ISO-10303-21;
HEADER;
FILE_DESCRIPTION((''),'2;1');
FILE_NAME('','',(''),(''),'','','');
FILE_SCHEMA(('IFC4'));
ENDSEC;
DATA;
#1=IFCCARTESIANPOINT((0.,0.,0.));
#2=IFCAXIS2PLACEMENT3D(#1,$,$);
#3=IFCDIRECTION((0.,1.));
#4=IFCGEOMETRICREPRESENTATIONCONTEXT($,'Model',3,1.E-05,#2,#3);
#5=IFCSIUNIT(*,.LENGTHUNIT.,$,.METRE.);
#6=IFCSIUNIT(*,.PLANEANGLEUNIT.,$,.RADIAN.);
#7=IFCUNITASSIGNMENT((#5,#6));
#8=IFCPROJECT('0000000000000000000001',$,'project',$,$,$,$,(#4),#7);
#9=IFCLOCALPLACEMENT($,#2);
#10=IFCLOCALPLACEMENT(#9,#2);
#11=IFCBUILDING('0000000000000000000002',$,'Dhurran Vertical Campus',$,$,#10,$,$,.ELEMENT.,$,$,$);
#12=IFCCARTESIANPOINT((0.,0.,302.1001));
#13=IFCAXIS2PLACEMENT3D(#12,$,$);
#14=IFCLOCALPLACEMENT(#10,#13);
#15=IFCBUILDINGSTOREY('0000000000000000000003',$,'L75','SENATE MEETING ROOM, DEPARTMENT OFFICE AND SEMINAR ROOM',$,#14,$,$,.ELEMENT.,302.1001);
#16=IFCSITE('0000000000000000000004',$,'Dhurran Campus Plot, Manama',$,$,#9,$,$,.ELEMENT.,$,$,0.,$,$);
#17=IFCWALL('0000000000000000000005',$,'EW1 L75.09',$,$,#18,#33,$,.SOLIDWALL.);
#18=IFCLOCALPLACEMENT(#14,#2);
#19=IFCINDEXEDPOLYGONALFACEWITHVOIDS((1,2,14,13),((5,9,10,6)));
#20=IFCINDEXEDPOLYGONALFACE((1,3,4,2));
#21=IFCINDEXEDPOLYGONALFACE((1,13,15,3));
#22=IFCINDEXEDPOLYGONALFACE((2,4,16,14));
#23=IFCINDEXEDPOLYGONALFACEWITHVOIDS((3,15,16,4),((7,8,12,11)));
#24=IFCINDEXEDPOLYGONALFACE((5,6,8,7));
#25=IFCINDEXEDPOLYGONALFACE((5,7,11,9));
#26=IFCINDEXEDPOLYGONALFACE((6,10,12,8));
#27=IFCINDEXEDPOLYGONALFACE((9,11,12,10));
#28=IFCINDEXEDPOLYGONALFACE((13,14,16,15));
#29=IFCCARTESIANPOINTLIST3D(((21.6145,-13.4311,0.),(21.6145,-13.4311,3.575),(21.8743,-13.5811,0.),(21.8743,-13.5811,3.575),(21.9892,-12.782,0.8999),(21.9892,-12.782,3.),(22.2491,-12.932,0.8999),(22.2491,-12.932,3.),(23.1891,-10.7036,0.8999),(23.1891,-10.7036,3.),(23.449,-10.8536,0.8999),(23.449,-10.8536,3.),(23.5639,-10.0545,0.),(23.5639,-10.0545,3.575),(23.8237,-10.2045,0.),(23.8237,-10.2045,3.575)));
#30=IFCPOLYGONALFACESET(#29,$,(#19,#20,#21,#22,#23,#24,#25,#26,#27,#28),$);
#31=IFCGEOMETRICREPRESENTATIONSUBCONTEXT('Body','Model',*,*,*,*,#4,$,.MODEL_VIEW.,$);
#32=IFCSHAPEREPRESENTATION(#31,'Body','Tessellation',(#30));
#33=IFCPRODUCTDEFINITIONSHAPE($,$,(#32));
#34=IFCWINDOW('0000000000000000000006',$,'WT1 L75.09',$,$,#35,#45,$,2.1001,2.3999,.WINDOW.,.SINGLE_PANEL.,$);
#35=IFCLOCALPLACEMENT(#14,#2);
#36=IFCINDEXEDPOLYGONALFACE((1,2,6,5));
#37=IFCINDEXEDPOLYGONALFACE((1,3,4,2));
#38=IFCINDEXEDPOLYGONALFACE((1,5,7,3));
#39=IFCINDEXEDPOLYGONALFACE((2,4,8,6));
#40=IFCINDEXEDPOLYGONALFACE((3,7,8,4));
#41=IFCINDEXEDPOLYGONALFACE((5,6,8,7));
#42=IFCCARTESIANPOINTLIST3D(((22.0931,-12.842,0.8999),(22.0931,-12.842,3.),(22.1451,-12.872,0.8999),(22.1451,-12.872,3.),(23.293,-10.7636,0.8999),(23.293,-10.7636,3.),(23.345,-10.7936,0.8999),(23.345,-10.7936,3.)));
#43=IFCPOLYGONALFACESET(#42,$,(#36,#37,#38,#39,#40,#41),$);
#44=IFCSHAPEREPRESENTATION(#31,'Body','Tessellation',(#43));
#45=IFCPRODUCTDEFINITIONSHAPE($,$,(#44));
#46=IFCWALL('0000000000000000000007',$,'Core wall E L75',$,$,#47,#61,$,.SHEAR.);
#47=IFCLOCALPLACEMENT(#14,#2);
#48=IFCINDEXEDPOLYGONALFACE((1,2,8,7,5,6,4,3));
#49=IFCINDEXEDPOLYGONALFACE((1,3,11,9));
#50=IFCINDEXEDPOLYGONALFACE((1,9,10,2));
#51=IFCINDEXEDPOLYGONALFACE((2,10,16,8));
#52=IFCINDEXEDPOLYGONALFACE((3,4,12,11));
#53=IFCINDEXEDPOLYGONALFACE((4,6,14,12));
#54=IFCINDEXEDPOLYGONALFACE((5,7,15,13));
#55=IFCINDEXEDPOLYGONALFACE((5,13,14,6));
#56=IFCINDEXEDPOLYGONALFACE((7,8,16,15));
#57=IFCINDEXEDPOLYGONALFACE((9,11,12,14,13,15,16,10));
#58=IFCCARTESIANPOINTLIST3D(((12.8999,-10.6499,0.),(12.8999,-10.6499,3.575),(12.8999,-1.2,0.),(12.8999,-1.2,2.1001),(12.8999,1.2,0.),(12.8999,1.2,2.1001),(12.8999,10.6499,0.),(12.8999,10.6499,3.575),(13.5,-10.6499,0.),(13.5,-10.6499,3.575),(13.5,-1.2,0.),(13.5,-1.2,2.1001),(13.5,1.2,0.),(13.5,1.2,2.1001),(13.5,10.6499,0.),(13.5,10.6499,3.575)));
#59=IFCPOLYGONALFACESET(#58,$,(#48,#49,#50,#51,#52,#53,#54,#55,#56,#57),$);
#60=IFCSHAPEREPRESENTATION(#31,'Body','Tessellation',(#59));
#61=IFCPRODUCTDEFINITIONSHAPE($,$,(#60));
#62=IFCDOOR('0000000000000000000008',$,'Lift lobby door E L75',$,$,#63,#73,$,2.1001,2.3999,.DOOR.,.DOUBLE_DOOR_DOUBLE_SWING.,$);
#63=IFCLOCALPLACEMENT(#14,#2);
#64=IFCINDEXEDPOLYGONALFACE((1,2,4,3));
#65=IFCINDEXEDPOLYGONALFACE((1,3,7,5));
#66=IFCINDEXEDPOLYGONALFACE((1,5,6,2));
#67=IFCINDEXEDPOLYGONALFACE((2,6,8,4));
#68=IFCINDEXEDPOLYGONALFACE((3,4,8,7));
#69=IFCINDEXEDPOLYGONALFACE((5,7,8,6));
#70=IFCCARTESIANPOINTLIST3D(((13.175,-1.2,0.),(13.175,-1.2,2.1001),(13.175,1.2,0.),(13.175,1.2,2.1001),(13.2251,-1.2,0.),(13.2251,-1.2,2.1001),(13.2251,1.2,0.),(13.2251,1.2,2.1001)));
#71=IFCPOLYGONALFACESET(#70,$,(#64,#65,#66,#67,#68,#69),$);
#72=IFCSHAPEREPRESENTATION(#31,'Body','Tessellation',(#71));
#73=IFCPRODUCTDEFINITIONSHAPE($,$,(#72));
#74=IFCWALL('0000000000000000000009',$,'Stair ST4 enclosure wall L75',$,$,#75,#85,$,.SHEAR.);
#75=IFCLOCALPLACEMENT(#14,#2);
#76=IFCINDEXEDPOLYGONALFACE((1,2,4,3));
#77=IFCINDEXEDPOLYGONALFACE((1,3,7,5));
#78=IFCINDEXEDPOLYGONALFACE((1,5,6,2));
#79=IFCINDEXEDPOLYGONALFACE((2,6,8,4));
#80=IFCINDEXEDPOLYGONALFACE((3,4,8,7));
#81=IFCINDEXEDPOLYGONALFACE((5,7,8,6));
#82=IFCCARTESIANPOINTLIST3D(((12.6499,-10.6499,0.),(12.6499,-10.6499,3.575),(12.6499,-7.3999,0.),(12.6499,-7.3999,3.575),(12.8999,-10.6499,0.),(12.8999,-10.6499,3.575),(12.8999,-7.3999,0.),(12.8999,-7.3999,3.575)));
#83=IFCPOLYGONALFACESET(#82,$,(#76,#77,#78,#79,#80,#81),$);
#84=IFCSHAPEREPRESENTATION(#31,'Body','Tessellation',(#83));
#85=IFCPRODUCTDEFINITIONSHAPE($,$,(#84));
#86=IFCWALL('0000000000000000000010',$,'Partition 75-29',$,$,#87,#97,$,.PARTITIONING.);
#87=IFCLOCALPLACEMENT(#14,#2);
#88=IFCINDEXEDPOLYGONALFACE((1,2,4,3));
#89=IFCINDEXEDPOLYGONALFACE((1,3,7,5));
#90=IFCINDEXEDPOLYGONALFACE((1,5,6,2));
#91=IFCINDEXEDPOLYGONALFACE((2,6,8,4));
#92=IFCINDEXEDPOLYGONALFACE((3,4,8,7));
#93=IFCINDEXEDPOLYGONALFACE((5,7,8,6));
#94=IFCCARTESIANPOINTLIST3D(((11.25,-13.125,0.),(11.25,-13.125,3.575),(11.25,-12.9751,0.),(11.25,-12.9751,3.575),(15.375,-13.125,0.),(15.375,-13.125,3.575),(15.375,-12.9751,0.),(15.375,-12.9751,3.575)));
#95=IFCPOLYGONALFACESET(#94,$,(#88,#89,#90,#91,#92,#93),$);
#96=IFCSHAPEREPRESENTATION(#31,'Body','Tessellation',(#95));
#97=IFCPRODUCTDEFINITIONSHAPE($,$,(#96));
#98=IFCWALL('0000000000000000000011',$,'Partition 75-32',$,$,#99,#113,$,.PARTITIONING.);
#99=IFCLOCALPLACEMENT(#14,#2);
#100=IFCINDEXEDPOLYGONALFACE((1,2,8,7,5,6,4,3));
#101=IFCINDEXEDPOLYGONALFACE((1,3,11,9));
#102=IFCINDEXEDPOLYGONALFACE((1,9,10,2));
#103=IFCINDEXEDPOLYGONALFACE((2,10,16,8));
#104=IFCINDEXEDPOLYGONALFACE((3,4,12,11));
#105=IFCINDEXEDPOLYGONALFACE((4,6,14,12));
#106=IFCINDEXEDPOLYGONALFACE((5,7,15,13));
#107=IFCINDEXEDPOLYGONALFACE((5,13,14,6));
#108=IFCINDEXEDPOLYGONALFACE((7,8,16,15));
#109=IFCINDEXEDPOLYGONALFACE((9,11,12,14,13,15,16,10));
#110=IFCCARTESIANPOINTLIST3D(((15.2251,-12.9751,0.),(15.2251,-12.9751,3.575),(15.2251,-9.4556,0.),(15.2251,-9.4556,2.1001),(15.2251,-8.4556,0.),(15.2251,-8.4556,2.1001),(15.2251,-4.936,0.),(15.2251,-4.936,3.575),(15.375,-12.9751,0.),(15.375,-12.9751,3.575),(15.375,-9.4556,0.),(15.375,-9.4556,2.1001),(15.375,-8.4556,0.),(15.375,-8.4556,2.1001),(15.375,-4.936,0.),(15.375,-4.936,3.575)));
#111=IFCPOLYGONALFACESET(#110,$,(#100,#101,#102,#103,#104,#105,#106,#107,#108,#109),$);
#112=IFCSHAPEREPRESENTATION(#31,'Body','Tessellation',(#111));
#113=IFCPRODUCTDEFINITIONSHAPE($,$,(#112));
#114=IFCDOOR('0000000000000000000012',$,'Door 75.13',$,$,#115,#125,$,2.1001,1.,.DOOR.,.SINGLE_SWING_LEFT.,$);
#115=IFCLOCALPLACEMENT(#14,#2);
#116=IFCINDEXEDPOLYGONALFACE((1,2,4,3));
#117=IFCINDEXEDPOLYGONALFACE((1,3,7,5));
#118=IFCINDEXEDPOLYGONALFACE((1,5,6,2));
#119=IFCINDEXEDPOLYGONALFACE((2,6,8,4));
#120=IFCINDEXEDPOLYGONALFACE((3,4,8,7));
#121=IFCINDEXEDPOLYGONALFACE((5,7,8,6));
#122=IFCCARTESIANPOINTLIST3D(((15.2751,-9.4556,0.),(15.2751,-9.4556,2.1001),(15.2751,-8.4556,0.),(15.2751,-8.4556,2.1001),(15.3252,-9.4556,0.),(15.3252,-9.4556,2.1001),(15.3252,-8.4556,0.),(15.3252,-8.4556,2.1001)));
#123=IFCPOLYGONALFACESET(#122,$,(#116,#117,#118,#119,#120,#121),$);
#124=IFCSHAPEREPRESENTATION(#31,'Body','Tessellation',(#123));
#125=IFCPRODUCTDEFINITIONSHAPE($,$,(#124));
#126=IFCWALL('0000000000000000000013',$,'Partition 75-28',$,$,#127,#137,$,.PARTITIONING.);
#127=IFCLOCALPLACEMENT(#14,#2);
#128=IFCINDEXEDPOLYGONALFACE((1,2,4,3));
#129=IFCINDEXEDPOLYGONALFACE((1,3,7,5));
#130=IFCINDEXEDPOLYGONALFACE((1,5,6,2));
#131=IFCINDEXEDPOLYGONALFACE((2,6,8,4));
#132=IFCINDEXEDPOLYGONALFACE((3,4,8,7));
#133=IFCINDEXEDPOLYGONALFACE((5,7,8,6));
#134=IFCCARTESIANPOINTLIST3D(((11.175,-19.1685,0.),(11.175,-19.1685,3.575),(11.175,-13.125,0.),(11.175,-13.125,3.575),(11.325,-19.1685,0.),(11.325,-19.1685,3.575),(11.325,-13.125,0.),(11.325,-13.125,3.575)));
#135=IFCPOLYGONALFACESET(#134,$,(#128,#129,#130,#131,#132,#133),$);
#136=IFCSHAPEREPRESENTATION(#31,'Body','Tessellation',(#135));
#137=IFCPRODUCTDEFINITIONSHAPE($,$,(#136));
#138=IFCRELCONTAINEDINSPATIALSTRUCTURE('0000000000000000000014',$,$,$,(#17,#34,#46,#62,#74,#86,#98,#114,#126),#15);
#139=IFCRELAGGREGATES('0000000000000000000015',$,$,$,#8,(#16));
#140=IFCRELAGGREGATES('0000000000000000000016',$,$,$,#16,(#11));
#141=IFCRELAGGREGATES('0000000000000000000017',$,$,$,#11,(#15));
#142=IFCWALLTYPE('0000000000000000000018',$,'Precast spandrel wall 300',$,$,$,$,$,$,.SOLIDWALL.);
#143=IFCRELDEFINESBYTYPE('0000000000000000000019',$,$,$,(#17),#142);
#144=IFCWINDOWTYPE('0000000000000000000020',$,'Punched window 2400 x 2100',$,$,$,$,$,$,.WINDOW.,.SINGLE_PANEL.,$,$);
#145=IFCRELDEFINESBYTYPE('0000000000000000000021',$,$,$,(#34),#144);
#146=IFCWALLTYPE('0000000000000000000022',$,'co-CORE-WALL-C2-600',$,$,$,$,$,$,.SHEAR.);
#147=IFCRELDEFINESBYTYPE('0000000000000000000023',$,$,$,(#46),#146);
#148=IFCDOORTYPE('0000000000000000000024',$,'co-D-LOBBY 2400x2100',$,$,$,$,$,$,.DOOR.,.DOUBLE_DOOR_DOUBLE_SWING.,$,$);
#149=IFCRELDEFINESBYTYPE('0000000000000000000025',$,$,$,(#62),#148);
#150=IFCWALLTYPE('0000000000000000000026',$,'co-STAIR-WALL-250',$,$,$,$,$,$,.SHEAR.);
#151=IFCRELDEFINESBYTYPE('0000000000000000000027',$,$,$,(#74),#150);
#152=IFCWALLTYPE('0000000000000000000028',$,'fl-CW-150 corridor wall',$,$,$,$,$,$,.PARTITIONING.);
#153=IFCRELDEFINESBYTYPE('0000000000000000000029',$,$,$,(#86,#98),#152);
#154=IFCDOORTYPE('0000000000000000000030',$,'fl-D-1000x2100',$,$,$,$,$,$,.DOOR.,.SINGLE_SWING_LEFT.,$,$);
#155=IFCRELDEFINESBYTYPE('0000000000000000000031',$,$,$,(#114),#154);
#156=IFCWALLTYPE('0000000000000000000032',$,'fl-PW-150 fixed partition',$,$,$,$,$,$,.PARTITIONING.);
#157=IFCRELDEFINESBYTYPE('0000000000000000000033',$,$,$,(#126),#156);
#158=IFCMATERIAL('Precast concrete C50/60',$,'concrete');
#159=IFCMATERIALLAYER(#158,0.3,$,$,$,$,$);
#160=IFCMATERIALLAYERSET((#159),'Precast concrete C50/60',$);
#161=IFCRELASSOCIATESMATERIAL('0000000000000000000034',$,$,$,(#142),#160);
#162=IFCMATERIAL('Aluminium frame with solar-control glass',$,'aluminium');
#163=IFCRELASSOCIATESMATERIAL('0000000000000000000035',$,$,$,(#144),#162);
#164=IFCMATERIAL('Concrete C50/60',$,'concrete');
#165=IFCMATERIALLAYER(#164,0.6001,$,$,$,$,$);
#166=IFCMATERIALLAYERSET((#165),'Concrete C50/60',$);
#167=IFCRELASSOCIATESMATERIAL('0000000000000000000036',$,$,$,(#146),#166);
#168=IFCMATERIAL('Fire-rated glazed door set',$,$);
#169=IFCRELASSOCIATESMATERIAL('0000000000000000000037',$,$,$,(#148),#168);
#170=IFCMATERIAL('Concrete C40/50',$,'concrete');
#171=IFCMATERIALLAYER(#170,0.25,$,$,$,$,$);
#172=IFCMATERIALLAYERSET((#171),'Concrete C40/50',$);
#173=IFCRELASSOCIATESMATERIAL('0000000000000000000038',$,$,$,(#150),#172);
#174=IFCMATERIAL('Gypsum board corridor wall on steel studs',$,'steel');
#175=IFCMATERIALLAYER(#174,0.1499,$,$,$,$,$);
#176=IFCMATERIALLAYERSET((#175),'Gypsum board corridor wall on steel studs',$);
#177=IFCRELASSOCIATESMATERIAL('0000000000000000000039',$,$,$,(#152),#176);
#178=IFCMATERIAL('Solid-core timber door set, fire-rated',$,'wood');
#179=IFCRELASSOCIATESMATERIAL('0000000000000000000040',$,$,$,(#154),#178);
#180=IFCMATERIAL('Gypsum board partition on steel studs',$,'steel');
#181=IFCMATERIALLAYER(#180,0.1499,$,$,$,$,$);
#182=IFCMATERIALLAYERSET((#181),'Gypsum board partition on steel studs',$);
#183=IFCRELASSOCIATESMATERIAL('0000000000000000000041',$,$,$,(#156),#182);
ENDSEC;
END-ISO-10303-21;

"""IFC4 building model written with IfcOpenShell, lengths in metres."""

from ifc_helpers import new_model, si_unit, direction, frame, frame_2d, origin, place, context, subcontext, project, spatial, rectangle, extrude, material, layer, layer_set, type_object, element, fill, save


model = new_model("IFC4")

# Units and contexts
model_context = context("Model", 3, precision=1e-05, world=origin(), true_north=direction((0.0, 1.0)))
body_context = subcontext(model_context, "Body", "Model", "MODEL_VIEW")
ifc_project = project(units=[si_unit("LENGTHUNIT", "METRE"), si_unit("PLANEANGLEUNIT", "RADIAN")], contexts=[model_context])

# Site, building, storey
site_placement = place(None, origin())
site = spatial("IfcSite", under=ifc_project, at=site_placement, Name="Dhurran Campus Plot, Manama", CompositionType="ELEMENT", RefElevation=0.0)
building_placement = place(site_placement, origin())
building = spatial("IfcBuilding", under=site, at=building_placement, Name="Dhurran Vertical Campus", CompositionType="ELEMENT")
storey_placement = place(building_placement, frame((0.0, 0.0, 302.1001)))
storey = spatial("IfcBuildingStorey", under=building, at=storey_placement, Name="L75", Description="SENATE MEETING ROOM, DEPARTMENT OFFICE AND SEMINAR ROOM", CompositionType="ELEMENT", Elevation=302.1001)

# Wall, opening, window
ifc_material_1 = material(Name="Precast concrete C50/60", Category="concrete")
ifc_layer_1 = layer(ifc_material_1, 0.3)
ifc_layer_set_1 = layer_set([ifc_layer_1], Name="Precast concrete C50/60")
wall_type_1 = type_object("IfcWallType", Name="Precast spandrel wall 300", PredefinedType="SOLIDWALL", material=ifc_layer_set_1)
ifc_material_2 = material(Name="Aluminium frame with solar-control glass", Category="aluminium")
window_type = type_object("IfcWindowType", Name="Punched window 2400 x 2100", PartitioningType="SINGLE_PANEL", PredefinedType="WINDOW", material=ifc_material_2)
wall_1_placement = place(storey_placement, frame((21.7444, -13.5061, 0.0), z_axis=(0.0, 0.0, 1.0), x_axis=(0.499984, 0.866034, 0.0)))
wall_1 = element("IfcWall", 1, at=wall_1_placement, inside=storey, type_object=wall_type_1, Name="EW1 L75.09", PredefinedType="SOLIDWALL", context=body_context, shape_type="SweptSolid", body=[
    extrude(rectangle(XDim=3.8989, YDim=0.3, at=frame_2d((1.9495, 0.0))), origin(), (0.0, 0.0, 1.0), 3.575),
])
opening_1_placement = place(wall_1_placement, frame((0.7495, 0.0, 0.8999)))
opening_1 = element("IfcOpeningElement", 2, at=opening_1_placement, cuts=wall_1, PredefinedType="OPENING", context=body_context, shape_type="SweptSolid", body=[
    extrude(rectangle(XDim=2.3999, YDim=2.1001, at=frame_2d((1.2, 1.05))), frame((0.0, 0.1599, 0.0), z_axis=(0.0, -1.0, 0.0), x_axis=(1.0, 0.0, 0.0)), (0.0, 0.0, 1.0), 0.3201),
])
window_1_placement = place(opening_1_placement, origin())
window_1 = element("IfcWindow", 3, at=window_1_placement, inside=storey, type_object=window_type, Name="WT1 L75.09", OverallHeight=2.1001, OverallWidth=2.3999, PartitioningType="SINGLE_PANEL", PredefinedType="WINDOW", context=body_context, shape_type="SweptSolid", body=[
    extrude(rectangle(XDim=2.3999, YDim=2.1001, at=frame_2d((1.2, 1.05))), frame((0.0, 0.03, 0.0), z_axis=(0.0, -1.0, 0.0), x_axis=(1.0, 0.0, 0.0)), (0.0, 0.0, 1.0), 0.0601),
])
fill(opening_1, window_1)

# Wall, opening, door
ifc_material_3 = material(Name="Concrete C50/60", Category="concrete")
ifc_layer_2 = layer(ifc_material_3, 0.6001)
ifc_layer_set_2 = layer_set([ifc_layer_2], Name="Concrete C50/60")
wall_type_2 = type_object("IfcWallType", Name="co-CORE-WALL-C2-600", PredefinedType="SHEAR", material=ifc_layer_set_2)
wall_2_placement = place(storey_placement, frame((13.2, -10.6499, 0.0), z_axis=(0.0, 0.0, 1.0), x_axis=(0.0, 1.0, 0.0)))
wall_2 = element("IfcWall", 4, at=wall_2_placement, inside=storey, type_object=wall_type_2, Name="Core wall E L75", PredefinedType="SHEAR", context=body_context, shape_type="SweptSolid", body=[
    extrude(rectangle(XDim=21.2998, YDim=0.6001, at=frame_2d((10.6499, 0.0))), origin(), (0.0, 0.0, 1.0), 3.575),
])
opening_2_placement = place(wall_2_placement, frame((9.45, 0.0, 0.0)))
opening_2 = element("IfcOpeningElement", 5, at=opening_2_placement, cuts=wall_2, PredefinedType="OPENING", context=body_context, shape_type="SweptSolid", body=[
    extrude(rectangle(XDim=2.3999, YDim=2.1001, at=frame_2d((1.2, 1.05))), frame((0.0, 0.3101, 0.0), z_axis=(0.0, -1.0, 0.0), x_axis=(1.0, 0.0, 0.0)), (0.0, 0.0, 1.0), 0.6201),
])
ifc_material_4 = material(Name="Fire-rated glazed door set")
door_type_1 = type_object("IfcDoorType", Name="co-D-LOBBY 2400x2100", OperationType="DOUBLE_DOOR_DOUBLE_SWING", PredefinedType="DOOR", material=ifc_material_4)
door_1_placement = place(opening_2_placement, origin())
door_1 = element("IfcDoor", 6, at=door_1_placement, inside=storey, type_object=door_type_1, Name="Lift lobby door E L75", OperationType="DOUBLE_DOOR_DOUBLE_SWING", OverallHeight=2.1001, OverallWidth=2.3999, PredefinedType="DOOR", context=body_context, shape_type="SweptSolid", body=[
    extrude(rectangle(XDim=2.3999, YDim=2.1001, at=frame_2d((1.2, 1.05))), frame((0.0, 0.0249, 0.0), z_axis=(0.0, -1.0, 0.0), x_axis=(1.0, 0.0, 0.0)), (0.0, 0.0, 1.0), 0.05),
])
fill(opening_2, door_1)

# Walls
ifc_material_5 = material(Name="Concrete C40/50", Category="concrete")
ifc_layer_3 = layer(ifc_material_5, 0.25)
ifc_layer_set_3 = layer_set([ifc_layer_3], Name="Concrete C40/50")
wall_type_3 = type_object("IfcWallType", Name="co-STAIR-WALL-250", PredefinedType="SHEAR", material=ifc_layer_set_3)
wall_3_placement = place(storey_placement, frame((12.7749, -10.6499, 0.0), z_axis=(0.0, 0.0, 1.0), x_axis=(0.0, 1.0, 0.0)))
element("IfcWall", 7, at=wall_3_placement, inside=storey, type_object=wall_type_3, Name="Stair ST4 enclosure wall L75", PredefinedType="SHEAR", context=body_context, shape_type="SweptSolid", body=[
    extrude(rectangle(XDim=3.25, YDim=0.25, at=frame_2d((1.625, 0.0))), origin(), (0.0, 0.0, 1.0), 3.575),
])
ifc_material_6 = material(Name="Gypsum board corridor wall on steel studs", Category="steel")
ifc_layer_4 = layer(ifc_material_6, 0.1499)
ifc_layer_set_4 = layer_set([ifc_layer_4], Name="Gypsum board corridor wall on steel studs")
wall_type_4 = type_object("IfcWallType", Name="fl-CW-150 corridor wall", PredefinedType="PARTITIONING", material=ifc_layer_set_4)
wall_4_placement = place(storey_placement, frame((11.25, -13.05, 0.0), z_axis=(0.0, 0.0, 1.0), x_axis=(1.0, 0.0, 0.0)))
element("IfcWall", 8, at=wall_4_placement, inside=storey, type_object=wall_type_4, Name="Partition 75-29", PredefinedType="PARTITIONING", context=body_context, shape_type="SweptSolid", body=[
    extrude(rectangle(XDim=4.125, YDim=0.1499, at=frame_2d((2.0625, 0.0))), origin(), (0.0, 0.0, 1.0), 3.575),
])

# Wall, opening, door
wall_5_placement = place(storey_placement, frame((15.3, -12.9751, 0.0), z_axis=(0.0, 0.0, 1.0), x_axis=(0.0, 1.0, 0.0)))
wall_5 = element("IfcWall", 9, at=wall_5_placement, inside=storey, type_object=wall_type_4, Name="Partition 75-32", PredefinedType="PARTITIONING", context=body_context, shape_type="SweptSolid", body=[
    extrude(rectangle(XDim=8.0391, YDim=0.1499, at=frame_2d((4.0195, 0.0))), origin(), (0.0, 0.0, 1.0), 3.575),
])
opening_3_placement = place(wall_5_placement, frame((3.5195, 0.0, 0.0)))
opening_3 = element("IfcOpeningElement", 10, at=opening_3_placement, cuts=wall_5, PredefinedType="OPENING", context=body_context, shape_type="SweptSolid", body=[
    extrude(rectangle(XDim=1.0, YDim=2.1001, at=frame_2d((0.5, 1.05))), frame((0.0, 0.085, 0.0), z_axis=(0.0, -1.0, 0.0), x_axis=(1.0, 0.0, 0.0)), (0.0, 0.0, 1.0), 0.1699),
])
ifc_material_7 = material(Name="Solid-core timber door set, fire-rated", Category="wood")
door_type_2 = type_object("IfcDoorType", Name="fl-D-1000x2100", OperationType="SINGLE_SWING_LEFT", PredefinedType="DOOR", material=ifc_material_7)
door_2_placement = place(opening_3_placement, origin())
door_2 = element("IfcDoor", 11, at=door_2_placement, inside=storey, type_object=door_type_2, Name="Door 75.13", OperationType="SINGLE_SWING_LEFT", OverallHeight=2.1001, OverallWidth=1.0, PredefinedType="DOOR", context=body_context, shape_type="SweptSolid", body=[
    extrude(rectangle(XDim=1.0, YDim=2.1001, at=frame_2d((0.5, 1.05))), frame((0.0, 0.0249, 0.0), z_axis=(0.0, -1.0, 0.0), x_axis=(1.0, 0.0, 0.0)), (0.0, 0.0, 1.0), 0.05),
])
fill(opening_3, door_2)

# Wall
ifc_material_8 = material(Name="Gypsum board partition on steel studs", Category="steel")
ifc_layer_5 = layer(ifc_material_8, 0.1499)
ifc_layer_set_5 = layer_set([ifc_layer_5], Name="Gypsum board partition on steel studs")
wall_type_5 = type_object("IfcWallType", Name="fl-PW-150 fixed partition", PredefinedType="PARTITIONING", material=ifc_layer_set_5)
wall_6_placement = place(storey_placement, frame((11.25, -13.125, 0.0), z_axis=(0.0, 0.0, 1.0), x_axis=(0.0, -1.0, 0.0)))
element("IfcWall", 12, at=wall_6_placement, inside=storey, type_object=wall_type_5, Name="Partition 75-28", PredefinedType="PARTITIONING", context=body_context, shape_type="SweptSolid", body=[
    extrude(rectangle(XDim=6.0435, YDim=0.1499, at=frame_2d((3.0217, 0.0))), origin(), (0.0, 0.0, 1.0), 3.575),
])

save(model, "model.ifc")
